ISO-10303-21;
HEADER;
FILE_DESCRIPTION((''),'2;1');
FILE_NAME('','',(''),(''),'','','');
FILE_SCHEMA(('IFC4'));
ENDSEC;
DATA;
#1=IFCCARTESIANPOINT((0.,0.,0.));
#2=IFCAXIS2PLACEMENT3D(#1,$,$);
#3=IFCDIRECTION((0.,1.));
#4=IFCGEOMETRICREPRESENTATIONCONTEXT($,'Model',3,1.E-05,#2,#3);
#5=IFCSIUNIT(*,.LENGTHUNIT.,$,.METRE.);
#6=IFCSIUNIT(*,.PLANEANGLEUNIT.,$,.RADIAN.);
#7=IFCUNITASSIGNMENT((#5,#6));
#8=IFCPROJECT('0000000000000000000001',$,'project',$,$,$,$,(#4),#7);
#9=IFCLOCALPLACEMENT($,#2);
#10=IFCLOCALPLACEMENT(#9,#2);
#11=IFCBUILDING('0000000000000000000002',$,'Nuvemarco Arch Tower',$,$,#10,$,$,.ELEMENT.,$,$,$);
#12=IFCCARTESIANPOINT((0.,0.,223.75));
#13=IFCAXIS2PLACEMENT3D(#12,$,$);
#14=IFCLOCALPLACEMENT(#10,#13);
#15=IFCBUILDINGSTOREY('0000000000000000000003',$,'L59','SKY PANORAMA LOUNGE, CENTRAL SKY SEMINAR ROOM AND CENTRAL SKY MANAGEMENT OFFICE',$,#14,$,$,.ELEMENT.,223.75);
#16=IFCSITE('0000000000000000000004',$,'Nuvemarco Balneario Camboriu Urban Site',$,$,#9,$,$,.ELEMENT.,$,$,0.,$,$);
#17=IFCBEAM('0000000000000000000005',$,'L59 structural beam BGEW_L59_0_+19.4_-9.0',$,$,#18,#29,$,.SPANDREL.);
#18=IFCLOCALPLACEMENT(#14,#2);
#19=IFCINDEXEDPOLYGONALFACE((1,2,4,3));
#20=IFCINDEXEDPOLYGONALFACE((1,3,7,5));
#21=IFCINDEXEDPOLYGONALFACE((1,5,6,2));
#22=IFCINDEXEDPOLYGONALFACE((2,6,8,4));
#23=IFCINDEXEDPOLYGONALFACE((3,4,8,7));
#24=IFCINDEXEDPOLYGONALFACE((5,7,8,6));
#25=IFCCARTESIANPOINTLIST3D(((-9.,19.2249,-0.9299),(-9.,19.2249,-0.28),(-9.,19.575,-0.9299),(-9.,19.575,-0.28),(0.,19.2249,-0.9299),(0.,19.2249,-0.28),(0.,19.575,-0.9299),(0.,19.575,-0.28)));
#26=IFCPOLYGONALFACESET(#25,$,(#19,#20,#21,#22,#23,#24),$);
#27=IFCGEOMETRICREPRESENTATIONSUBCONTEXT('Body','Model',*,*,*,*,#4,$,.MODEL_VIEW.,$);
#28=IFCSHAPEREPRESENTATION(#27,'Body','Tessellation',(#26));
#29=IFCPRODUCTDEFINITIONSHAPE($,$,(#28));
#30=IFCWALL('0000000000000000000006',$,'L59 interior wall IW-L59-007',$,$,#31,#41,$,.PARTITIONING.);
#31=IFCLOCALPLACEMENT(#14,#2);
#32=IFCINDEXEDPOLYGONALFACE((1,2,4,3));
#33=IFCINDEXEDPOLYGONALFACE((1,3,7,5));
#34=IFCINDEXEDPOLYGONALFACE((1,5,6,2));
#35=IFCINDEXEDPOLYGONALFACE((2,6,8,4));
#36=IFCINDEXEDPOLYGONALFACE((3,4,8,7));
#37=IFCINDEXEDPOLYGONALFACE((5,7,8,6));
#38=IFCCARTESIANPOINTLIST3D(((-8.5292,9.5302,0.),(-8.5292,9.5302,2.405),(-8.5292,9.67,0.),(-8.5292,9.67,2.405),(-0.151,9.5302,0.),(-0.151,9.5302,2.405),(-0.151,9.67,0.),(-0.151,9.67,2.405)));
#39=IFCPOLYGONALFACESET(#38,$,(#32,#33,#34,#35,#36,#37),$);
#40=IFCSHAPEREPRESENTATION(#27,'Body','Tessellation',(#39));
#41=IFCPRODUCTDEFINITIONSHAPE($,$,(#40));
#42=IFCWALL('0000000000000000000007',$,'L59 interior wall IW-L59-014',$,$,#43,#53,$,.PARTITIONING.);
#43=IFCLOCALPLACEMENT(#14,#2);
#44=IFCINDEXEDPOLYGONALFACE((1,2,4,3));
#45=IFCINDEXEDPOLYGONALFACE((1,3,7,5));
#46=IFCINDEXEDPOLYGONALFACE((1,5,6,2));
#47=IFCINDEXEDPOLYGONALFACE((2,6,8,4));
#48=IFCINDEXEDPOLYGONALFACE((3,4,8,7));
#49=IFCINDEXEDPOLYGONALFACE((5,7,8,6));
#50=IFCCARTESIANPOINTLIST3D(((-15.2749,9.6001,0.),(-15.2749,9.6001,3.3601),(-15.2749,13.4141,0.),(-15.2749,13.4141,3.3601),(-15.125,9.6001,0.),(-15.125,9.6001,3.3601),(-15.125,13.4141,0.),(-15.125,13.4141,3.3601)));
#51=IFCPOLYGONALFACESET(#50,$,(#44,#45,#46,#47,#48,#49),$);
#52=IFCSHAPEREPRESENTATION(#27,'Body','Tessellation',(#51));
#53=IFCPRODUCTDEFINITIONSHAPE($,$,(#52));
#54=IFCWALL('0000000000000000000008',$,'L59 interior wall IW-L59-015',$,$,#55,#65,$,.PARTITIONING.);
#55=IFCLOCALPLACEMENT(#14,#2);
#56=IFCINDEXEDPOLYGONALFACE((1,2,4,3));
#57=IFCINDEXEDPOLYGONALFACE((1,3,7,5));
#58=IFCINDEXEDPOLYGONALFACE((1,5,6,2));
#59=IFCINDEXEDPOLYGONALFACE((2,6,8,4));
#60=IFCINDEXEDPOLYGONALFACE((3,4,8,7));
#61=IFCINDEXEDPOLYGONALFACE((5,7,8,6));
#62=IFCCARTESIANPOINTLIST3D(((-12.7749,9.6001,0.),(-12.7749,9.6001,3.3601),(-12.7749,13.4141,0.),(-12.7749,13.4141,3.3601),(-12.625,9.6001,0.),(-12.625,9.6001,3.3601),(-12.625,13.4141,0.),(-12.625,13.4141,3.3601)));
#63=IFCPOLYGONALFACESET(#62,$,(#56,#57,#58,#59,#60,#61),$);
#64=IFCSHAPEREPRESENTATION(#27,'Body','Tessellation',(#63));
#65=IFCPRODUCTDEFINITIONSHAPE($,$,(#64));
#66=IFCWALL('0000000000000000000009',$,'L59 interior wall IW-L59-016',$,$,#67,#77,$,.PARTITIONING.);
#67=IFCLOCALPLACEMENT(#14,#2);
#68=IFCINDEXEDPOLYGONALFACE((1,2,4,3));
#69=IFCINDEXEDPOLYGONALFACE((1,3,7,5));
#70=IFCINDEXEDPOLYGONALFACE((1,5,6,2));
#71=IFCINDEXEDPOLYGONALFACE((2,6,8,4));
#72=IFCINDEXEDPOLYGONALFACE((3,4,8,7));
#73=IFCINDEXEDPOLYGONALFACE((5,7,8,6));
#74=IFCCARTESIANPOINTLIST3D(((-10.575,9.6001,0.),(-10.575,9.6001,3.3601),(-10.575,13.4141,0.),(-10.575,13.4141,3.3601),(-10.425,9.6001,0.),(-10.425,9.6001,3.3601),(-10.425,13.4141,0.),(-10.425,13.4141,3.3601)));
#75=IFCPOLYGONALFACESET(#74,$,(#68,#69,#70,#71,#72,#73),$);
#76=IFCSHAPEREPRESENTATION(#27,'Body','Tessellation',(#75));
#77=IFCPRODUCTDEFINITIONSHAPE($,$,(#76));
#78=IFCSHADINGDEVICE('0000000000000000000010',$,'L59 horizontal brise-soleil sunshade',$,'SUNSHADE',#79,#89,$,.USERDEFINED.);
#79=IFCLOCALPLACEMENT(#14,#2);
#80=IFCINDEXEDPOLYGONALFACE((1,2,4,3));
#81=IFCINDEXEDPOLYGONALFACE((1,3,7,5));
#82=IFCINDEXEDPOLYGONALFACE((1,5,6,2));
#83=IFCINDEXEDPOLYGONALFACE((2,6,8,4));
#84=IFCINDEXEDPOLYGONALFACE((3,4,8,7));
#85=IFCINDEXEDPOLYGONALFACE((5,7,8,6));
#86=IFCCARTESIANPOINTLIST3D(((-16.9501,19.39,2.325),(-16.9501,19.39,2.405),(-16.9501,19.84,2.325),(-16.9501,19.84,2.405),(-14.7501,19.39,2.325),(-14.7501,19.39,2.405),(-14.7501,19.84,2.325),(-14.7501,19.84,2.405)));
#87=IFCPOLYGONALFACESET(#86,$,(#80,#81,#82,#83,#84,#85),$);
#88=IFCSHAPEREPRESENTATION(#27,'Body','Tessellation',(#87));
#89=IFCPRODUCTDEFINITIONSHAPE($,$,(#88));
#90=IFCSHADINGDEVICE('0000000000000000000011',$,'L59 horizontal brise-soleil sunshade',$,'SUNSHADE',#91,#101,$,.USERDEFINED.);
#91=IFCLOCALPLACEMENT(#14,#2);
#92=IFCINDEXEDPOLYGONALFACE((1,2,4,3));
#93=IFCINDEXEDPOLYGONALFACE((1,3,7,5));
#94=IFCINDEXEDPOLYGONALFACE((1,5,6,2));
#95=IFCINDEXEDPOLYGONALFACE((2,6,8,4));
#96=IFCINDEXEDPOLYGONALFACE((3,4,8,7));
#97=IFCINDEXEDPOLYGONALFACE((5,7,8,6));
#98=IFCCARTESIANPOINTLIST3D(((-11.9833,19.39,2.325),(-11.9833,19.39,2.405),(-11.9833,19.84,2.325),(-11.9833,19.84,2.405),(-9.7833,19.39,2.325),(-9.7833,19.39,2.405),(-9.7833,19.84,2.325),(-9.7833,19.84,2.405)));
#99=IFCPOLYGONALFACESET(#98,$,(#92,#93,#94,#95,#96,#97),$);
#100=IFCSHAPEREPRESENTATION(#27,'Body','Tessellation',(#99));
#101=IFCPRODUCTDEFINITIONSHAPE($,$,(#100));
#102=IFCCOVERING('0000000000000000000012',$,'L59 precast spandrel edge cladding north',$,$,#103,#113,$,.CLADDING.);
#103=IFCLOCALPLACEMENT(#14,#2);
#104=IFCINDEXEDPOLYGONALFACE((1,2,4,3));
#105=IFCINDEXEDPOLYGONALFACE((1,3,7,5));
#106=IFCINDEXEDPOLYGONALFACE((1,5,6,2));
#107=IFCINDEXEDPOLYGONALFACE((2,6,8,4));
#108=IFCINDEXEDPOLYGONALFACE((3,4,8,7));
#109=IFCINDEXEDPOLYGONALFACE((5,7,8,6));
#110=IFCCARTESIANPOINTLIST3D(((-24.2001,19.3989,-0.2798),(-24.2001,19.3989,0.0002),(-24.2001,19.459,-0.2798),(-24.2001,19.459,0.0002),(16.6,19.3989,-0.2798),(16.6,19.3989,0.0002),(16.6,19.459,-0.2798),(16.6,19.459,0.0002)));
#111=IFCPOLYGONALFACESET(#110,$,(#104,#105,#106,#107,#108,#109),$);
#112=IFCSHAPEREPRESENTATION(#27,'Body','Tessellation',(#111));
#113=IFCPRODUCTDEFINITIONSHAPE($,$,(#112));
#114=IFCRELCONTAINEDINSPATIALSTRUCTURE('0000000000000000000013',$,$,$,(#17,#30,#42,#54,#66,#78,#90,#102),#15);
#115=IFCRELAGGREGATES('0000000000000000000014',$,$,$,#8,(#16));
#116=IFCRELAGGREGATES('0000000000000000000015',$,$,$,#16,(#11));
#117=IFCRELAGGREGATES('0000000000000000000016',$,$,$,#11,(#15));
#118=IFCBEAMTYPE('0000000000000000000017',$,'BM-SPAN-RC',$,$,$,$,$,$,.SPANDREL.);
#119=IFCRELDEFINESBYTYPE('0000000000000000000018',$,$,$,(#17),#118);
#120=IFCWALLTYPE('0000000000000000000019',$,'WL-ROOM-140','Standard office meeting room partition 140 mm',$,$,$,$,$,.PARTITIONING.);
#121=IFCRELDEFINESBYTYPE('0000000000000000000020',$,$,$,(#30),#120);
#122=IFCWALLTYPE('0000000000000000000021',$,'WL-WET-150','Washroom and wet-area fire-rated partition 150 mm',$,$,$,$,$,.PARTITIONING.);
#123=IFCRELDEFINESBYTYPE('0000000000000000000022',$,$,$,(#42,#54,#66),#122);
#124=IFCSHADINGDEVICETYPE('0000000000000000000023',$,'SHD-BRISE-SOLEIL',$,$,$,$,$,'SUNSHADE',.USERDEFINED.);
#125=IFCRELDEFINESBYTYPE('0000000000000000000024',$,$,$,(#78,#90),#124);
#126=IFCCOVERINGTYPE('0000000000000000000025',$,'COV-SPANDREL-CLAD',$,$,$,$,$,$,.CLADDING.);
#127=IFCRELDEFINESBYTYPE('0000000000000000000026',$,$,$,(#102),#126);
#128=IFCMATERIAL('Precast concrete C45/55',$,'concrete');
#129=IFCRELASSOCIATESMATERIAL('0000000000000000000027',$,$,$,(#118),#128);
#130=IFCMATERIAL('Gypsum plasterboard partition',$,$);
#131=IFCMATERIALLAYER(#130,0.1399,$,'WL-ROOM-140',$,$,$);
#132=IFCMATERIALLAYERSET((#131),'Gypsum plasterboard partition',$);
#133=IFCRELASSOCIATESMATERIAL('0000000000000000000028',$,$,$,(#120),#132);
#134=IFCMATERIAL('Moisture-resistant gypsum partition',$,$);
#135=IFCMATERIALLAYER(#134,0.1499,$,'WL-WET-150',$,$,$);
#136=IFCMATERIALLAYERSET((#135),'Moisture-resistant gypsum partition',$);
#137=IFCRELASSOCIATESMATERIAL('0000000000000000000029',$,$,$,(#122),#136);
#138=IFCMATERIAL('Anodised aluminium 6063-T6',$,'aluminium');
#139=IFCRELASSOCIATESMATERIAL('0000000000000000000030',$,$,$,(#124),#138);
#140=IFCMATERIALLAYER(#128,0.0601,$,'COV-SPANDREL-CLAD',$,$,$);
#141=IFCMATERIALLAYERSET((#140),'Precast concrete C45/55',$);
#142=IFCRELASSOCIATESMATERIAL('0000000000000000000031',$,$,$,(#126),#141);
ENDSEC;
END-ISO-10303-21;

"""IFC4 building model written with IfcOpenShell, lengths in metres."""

from ifc_helpers import new_model, si_unit, direction, frame, frame_2d, origin, origin_2d, place, context, subcontext, project, spatial, rectangle, extrude, source, transform, mapped, material, layer, layer_set, material_profile, profile_set, type_object, type_shapes, element, save


model = new_model("IFC4")

# Units and contexts
model_context = context("Model", 3, precision=1e-05, world=origin(), true_north=direction((0.0, 1.0)))
body_context = subcontext(model_context, "Body", "Model", "MODEL_VIEW")
ifc_project = project(units=[si_unit("LENGTHUNIT", "METRE"), si_unit("PLANEANGLEUNIT", "RADIAN")], contexts=[model_context])

# Site, building, storey
site_placement = place(None, origin())
site = spatial("IfcSite", under=ifc_project, at=site_placement, Name="Nuvemarco Balneario Camboriu Urban Site", CompositionType="ELEMENT", RefElevation=0.0)
building_placement = place(site_placement, origin())
building = spatial("IfcBuilding", under=site, at=building_placement, Name="Nuvemarco Arch Tower", CompositionType="ELEMENT")
storey_placement = place(building_placement, frame((0.0, 0.0, 223.75)))
storey = spatial("IfcBuildingStorey", under=building, at=storey_placement, Name="L59", Description="SKY PANORAMA LOUNGE, CENTRAL SKY SEMINAR ROOM AND CENTRAL SKY MANAGEMENT OFFICE", CompositionType="ELEMENT", Elevation=223.75)

# Beam
ifc_material_1 = material(Name="Precast concrete C45/55", Category="concrete")
ifc_material_profile_1 = material_profile(ifc_material_1, rectangle(XDim=0.3501, YDim=0.6499, at=origin_2d()), Name="PC-SP-350x650")
ifc_profile_set_1 = profile_set([ifc_material_profile_1], Name="Precast concrete C45/55")
beam_type_1 = type_object("IfcBeamType", Name="BM-SPAN-RC", PredefinedType="SPANDREL", material=ifc_profile_set_1)
beam_1_placement = place(storey_placement, frame((-9.0, 19.3999, -0.605), z_axis=(1.0, 0.0, 0.0), x_axis=(0.0, 1.0, 0.0)))
element("IfcBeam", 1, at=beam_1_placement, inside=storey, type_object=beam_type_1, Name="L59 structural beam BGEW_L59_0_+19.4_-9.0", PredefinedType="SPANDREL", context=body_context, shape_type="SweptSolid", body=[
    extrude(rectangle(XDim=0.3501, YDim=0.6499, at=origin_2d()), origin(), (0.0, 0.0, 1.0), 9.0),
])

# Shared definitions
ifc_material_2 = material(Name="Anodised aluminium 6063-T6", Category="aluminium")

# Walls
ifc_material_3 = material(Name="Gypsum plasterboard partition")
ifc_layer_1 = layer(ifc_material_3, 0.1399, Name="WL-ROOM-140")
ifc_layer_set_1 = layer_set([ifc_layer_1], Name="Gypsum plasterboard partition")
wall_type_1 = type_object("IfcWallType", Name="WL-ROOM-140", Description="Standard office meeting room partition 140 mm", PredefinedType="PARTITIONING", material=ifc_layer_set_1)
wall_placement = place(storey_placement, frame((-8.5291, 9.6001, 0.0), z_axis=(0.0, 0.0, 1.0), x_axis=(1.0, 0.0, 0.0)))
element("IfcWall", 2, at=wall_placement, inside=storey, type_object=wall_type_1, Name="L59 interior wall IW-L59-007", PredefinedType="PARTITIONING", context=body_context, shape_type="SweptSolid", body=[
    extrude(rectangle(XDim=8.3782, YDim=0.1399, at=frame_2d((4.189, 0.0))), origin(), (0.0, 0.0, 1.0), 2.405),
])
ifc_material_4 = material(Name="Moisture-resistant gypsum partition")
ifc_layer_2 = layer(ifc_material_4, 0.1499, Name="WL-WET-150")
ifc_layer_set_2 = layer_set([ifc_layer_2], Name="Moisture-resistant gypsum partition")
wall_type_2 = type_object("IfcWallType", Name="WL-WET-150", Description="Washroom and wet-area fire-rated partition 150 mm", PredefinedType="PARTITIONING", material=ifc_layer_set_2)
for number, where, z_axis, x_axis, name in (
    (3, (-15.2, 9.6001, 0.0), (0.0, 0.0, 1.0), (0.0, 1.0, 0.0), "L59 interior wall IW-L59-014"),
    (4, (-12.7, 9.6001, 0.0), (0.0, 0.0, 1.0), (0.0, 1.0, 0.0), "L59 interior wall IW-L59-015"),
    (5, (-10.5, 9.6001, 0.0), (0.0, 0.0, 1.0), (0.0, 1.0, 0.0), "L59 interior wall IW-L59-016"),
):
    element("IfcWall", number, at=place(storey_placement, frame(where, z_axis=z_axis, x_axis=x_axis)), inside=storey, type_object=wall_type_2, Name=name, PredefinedType="PARTITIONING", context=body_context, shape_type="SweptSolid", body=[
        extrude(rectangle(XDim=3.814, YDim=0.1499, at=frame_2d((1.907, 0.0))), origin(), (0.0, 0.0, 1.0), 3.3601),
    ])

# Shading devices
shading_device_type = type_object("IfcShadingDeviceType", Name="SHD-BRISE-SOLEIL", ElementType="SUNSHADE", PredefinedType="USERDEFINED", material=ifc_material_2)
shared_shape_1 = source(origin(), body_context, "Body", "SweptSolid", [
    extrude(rectangle(XDim=2.2, YDim=0.45, at=origin_2d()), origin(), (0.0, 0.0, 1.0), 0.0801),
])
type_shapes(shading_device_type, [shared_shape_1])
for number, where, z_axis, x_axis, name in (
    (6, (-15.8501, 19.615, 2.325), (0.0, 0.0, 1.0), (1.0, 0.0, 0.0), "L59 horizontal brise-soleil sunshade"),
    (7, (-10.8833, 19.615, 2.325), (0.0, 0.0, 1.0), (1.0, 0.0, 0.0), "L59 horizontal brise-soleil sunshade"),
):
    element("IfcShadingDevice", number, at=place(storey_placement, frame(where, z_axis=z_axis, x_axis=x_axis)), inside=storey, type_object=shading_device_type, Name=name, ObjectType="SUNSHADE", PredefinedType="USERDEFINED", context=body_context, shape_type="MappedRepresentation", body=[
        mapped(shared_shape_1, transform((0.0, 0.0, 0.0), scale=1.0)),
    ])

# Covering
ifc_layer_3 = layer(ifc_material_1, 0.0601, Name="COV-SPANDREL-CLAD")
ifc_layer_set_3 = layer_set([ifc_layer_3], Name="Precast concrete C45/55")
covering_type = type_object("IfcCoveringType", Name="COV-SPANDREL-CLAD", PredefinedType="CLADDING", material=ifc_layer_set_3)
shared_shape_2 = source(origin(), body_context, "Body", "SweptSolid", [
    extrude(rectangle(XDim=40.8, YDim=0.0601, at=origin_2d()), origin(), (0.0, 0.0, 1.0), 0.28),
])
type_shapes(covering_type, [shared_shape_2])
covering_placement = place(storey_placement, frame((-3.8, 19.429, -0.2798), z_axis=(0.0, 0.0, 1.0), x_axis=(1.0, 0.0, 0.0)))
element("IfcCovering", 8, at=covering_placement, inside=storey, type_object=covering_type, Name="L59 precast spandrel edge cladding north", PredefinedType="CLADDING", context=body_context, shape_type="MappedRepresentation", body=[
    mapped(shared_shape_2, transform((0.0, 0.0, 0.0), scale=1.0)),
])

save(model, "model.ifc")
